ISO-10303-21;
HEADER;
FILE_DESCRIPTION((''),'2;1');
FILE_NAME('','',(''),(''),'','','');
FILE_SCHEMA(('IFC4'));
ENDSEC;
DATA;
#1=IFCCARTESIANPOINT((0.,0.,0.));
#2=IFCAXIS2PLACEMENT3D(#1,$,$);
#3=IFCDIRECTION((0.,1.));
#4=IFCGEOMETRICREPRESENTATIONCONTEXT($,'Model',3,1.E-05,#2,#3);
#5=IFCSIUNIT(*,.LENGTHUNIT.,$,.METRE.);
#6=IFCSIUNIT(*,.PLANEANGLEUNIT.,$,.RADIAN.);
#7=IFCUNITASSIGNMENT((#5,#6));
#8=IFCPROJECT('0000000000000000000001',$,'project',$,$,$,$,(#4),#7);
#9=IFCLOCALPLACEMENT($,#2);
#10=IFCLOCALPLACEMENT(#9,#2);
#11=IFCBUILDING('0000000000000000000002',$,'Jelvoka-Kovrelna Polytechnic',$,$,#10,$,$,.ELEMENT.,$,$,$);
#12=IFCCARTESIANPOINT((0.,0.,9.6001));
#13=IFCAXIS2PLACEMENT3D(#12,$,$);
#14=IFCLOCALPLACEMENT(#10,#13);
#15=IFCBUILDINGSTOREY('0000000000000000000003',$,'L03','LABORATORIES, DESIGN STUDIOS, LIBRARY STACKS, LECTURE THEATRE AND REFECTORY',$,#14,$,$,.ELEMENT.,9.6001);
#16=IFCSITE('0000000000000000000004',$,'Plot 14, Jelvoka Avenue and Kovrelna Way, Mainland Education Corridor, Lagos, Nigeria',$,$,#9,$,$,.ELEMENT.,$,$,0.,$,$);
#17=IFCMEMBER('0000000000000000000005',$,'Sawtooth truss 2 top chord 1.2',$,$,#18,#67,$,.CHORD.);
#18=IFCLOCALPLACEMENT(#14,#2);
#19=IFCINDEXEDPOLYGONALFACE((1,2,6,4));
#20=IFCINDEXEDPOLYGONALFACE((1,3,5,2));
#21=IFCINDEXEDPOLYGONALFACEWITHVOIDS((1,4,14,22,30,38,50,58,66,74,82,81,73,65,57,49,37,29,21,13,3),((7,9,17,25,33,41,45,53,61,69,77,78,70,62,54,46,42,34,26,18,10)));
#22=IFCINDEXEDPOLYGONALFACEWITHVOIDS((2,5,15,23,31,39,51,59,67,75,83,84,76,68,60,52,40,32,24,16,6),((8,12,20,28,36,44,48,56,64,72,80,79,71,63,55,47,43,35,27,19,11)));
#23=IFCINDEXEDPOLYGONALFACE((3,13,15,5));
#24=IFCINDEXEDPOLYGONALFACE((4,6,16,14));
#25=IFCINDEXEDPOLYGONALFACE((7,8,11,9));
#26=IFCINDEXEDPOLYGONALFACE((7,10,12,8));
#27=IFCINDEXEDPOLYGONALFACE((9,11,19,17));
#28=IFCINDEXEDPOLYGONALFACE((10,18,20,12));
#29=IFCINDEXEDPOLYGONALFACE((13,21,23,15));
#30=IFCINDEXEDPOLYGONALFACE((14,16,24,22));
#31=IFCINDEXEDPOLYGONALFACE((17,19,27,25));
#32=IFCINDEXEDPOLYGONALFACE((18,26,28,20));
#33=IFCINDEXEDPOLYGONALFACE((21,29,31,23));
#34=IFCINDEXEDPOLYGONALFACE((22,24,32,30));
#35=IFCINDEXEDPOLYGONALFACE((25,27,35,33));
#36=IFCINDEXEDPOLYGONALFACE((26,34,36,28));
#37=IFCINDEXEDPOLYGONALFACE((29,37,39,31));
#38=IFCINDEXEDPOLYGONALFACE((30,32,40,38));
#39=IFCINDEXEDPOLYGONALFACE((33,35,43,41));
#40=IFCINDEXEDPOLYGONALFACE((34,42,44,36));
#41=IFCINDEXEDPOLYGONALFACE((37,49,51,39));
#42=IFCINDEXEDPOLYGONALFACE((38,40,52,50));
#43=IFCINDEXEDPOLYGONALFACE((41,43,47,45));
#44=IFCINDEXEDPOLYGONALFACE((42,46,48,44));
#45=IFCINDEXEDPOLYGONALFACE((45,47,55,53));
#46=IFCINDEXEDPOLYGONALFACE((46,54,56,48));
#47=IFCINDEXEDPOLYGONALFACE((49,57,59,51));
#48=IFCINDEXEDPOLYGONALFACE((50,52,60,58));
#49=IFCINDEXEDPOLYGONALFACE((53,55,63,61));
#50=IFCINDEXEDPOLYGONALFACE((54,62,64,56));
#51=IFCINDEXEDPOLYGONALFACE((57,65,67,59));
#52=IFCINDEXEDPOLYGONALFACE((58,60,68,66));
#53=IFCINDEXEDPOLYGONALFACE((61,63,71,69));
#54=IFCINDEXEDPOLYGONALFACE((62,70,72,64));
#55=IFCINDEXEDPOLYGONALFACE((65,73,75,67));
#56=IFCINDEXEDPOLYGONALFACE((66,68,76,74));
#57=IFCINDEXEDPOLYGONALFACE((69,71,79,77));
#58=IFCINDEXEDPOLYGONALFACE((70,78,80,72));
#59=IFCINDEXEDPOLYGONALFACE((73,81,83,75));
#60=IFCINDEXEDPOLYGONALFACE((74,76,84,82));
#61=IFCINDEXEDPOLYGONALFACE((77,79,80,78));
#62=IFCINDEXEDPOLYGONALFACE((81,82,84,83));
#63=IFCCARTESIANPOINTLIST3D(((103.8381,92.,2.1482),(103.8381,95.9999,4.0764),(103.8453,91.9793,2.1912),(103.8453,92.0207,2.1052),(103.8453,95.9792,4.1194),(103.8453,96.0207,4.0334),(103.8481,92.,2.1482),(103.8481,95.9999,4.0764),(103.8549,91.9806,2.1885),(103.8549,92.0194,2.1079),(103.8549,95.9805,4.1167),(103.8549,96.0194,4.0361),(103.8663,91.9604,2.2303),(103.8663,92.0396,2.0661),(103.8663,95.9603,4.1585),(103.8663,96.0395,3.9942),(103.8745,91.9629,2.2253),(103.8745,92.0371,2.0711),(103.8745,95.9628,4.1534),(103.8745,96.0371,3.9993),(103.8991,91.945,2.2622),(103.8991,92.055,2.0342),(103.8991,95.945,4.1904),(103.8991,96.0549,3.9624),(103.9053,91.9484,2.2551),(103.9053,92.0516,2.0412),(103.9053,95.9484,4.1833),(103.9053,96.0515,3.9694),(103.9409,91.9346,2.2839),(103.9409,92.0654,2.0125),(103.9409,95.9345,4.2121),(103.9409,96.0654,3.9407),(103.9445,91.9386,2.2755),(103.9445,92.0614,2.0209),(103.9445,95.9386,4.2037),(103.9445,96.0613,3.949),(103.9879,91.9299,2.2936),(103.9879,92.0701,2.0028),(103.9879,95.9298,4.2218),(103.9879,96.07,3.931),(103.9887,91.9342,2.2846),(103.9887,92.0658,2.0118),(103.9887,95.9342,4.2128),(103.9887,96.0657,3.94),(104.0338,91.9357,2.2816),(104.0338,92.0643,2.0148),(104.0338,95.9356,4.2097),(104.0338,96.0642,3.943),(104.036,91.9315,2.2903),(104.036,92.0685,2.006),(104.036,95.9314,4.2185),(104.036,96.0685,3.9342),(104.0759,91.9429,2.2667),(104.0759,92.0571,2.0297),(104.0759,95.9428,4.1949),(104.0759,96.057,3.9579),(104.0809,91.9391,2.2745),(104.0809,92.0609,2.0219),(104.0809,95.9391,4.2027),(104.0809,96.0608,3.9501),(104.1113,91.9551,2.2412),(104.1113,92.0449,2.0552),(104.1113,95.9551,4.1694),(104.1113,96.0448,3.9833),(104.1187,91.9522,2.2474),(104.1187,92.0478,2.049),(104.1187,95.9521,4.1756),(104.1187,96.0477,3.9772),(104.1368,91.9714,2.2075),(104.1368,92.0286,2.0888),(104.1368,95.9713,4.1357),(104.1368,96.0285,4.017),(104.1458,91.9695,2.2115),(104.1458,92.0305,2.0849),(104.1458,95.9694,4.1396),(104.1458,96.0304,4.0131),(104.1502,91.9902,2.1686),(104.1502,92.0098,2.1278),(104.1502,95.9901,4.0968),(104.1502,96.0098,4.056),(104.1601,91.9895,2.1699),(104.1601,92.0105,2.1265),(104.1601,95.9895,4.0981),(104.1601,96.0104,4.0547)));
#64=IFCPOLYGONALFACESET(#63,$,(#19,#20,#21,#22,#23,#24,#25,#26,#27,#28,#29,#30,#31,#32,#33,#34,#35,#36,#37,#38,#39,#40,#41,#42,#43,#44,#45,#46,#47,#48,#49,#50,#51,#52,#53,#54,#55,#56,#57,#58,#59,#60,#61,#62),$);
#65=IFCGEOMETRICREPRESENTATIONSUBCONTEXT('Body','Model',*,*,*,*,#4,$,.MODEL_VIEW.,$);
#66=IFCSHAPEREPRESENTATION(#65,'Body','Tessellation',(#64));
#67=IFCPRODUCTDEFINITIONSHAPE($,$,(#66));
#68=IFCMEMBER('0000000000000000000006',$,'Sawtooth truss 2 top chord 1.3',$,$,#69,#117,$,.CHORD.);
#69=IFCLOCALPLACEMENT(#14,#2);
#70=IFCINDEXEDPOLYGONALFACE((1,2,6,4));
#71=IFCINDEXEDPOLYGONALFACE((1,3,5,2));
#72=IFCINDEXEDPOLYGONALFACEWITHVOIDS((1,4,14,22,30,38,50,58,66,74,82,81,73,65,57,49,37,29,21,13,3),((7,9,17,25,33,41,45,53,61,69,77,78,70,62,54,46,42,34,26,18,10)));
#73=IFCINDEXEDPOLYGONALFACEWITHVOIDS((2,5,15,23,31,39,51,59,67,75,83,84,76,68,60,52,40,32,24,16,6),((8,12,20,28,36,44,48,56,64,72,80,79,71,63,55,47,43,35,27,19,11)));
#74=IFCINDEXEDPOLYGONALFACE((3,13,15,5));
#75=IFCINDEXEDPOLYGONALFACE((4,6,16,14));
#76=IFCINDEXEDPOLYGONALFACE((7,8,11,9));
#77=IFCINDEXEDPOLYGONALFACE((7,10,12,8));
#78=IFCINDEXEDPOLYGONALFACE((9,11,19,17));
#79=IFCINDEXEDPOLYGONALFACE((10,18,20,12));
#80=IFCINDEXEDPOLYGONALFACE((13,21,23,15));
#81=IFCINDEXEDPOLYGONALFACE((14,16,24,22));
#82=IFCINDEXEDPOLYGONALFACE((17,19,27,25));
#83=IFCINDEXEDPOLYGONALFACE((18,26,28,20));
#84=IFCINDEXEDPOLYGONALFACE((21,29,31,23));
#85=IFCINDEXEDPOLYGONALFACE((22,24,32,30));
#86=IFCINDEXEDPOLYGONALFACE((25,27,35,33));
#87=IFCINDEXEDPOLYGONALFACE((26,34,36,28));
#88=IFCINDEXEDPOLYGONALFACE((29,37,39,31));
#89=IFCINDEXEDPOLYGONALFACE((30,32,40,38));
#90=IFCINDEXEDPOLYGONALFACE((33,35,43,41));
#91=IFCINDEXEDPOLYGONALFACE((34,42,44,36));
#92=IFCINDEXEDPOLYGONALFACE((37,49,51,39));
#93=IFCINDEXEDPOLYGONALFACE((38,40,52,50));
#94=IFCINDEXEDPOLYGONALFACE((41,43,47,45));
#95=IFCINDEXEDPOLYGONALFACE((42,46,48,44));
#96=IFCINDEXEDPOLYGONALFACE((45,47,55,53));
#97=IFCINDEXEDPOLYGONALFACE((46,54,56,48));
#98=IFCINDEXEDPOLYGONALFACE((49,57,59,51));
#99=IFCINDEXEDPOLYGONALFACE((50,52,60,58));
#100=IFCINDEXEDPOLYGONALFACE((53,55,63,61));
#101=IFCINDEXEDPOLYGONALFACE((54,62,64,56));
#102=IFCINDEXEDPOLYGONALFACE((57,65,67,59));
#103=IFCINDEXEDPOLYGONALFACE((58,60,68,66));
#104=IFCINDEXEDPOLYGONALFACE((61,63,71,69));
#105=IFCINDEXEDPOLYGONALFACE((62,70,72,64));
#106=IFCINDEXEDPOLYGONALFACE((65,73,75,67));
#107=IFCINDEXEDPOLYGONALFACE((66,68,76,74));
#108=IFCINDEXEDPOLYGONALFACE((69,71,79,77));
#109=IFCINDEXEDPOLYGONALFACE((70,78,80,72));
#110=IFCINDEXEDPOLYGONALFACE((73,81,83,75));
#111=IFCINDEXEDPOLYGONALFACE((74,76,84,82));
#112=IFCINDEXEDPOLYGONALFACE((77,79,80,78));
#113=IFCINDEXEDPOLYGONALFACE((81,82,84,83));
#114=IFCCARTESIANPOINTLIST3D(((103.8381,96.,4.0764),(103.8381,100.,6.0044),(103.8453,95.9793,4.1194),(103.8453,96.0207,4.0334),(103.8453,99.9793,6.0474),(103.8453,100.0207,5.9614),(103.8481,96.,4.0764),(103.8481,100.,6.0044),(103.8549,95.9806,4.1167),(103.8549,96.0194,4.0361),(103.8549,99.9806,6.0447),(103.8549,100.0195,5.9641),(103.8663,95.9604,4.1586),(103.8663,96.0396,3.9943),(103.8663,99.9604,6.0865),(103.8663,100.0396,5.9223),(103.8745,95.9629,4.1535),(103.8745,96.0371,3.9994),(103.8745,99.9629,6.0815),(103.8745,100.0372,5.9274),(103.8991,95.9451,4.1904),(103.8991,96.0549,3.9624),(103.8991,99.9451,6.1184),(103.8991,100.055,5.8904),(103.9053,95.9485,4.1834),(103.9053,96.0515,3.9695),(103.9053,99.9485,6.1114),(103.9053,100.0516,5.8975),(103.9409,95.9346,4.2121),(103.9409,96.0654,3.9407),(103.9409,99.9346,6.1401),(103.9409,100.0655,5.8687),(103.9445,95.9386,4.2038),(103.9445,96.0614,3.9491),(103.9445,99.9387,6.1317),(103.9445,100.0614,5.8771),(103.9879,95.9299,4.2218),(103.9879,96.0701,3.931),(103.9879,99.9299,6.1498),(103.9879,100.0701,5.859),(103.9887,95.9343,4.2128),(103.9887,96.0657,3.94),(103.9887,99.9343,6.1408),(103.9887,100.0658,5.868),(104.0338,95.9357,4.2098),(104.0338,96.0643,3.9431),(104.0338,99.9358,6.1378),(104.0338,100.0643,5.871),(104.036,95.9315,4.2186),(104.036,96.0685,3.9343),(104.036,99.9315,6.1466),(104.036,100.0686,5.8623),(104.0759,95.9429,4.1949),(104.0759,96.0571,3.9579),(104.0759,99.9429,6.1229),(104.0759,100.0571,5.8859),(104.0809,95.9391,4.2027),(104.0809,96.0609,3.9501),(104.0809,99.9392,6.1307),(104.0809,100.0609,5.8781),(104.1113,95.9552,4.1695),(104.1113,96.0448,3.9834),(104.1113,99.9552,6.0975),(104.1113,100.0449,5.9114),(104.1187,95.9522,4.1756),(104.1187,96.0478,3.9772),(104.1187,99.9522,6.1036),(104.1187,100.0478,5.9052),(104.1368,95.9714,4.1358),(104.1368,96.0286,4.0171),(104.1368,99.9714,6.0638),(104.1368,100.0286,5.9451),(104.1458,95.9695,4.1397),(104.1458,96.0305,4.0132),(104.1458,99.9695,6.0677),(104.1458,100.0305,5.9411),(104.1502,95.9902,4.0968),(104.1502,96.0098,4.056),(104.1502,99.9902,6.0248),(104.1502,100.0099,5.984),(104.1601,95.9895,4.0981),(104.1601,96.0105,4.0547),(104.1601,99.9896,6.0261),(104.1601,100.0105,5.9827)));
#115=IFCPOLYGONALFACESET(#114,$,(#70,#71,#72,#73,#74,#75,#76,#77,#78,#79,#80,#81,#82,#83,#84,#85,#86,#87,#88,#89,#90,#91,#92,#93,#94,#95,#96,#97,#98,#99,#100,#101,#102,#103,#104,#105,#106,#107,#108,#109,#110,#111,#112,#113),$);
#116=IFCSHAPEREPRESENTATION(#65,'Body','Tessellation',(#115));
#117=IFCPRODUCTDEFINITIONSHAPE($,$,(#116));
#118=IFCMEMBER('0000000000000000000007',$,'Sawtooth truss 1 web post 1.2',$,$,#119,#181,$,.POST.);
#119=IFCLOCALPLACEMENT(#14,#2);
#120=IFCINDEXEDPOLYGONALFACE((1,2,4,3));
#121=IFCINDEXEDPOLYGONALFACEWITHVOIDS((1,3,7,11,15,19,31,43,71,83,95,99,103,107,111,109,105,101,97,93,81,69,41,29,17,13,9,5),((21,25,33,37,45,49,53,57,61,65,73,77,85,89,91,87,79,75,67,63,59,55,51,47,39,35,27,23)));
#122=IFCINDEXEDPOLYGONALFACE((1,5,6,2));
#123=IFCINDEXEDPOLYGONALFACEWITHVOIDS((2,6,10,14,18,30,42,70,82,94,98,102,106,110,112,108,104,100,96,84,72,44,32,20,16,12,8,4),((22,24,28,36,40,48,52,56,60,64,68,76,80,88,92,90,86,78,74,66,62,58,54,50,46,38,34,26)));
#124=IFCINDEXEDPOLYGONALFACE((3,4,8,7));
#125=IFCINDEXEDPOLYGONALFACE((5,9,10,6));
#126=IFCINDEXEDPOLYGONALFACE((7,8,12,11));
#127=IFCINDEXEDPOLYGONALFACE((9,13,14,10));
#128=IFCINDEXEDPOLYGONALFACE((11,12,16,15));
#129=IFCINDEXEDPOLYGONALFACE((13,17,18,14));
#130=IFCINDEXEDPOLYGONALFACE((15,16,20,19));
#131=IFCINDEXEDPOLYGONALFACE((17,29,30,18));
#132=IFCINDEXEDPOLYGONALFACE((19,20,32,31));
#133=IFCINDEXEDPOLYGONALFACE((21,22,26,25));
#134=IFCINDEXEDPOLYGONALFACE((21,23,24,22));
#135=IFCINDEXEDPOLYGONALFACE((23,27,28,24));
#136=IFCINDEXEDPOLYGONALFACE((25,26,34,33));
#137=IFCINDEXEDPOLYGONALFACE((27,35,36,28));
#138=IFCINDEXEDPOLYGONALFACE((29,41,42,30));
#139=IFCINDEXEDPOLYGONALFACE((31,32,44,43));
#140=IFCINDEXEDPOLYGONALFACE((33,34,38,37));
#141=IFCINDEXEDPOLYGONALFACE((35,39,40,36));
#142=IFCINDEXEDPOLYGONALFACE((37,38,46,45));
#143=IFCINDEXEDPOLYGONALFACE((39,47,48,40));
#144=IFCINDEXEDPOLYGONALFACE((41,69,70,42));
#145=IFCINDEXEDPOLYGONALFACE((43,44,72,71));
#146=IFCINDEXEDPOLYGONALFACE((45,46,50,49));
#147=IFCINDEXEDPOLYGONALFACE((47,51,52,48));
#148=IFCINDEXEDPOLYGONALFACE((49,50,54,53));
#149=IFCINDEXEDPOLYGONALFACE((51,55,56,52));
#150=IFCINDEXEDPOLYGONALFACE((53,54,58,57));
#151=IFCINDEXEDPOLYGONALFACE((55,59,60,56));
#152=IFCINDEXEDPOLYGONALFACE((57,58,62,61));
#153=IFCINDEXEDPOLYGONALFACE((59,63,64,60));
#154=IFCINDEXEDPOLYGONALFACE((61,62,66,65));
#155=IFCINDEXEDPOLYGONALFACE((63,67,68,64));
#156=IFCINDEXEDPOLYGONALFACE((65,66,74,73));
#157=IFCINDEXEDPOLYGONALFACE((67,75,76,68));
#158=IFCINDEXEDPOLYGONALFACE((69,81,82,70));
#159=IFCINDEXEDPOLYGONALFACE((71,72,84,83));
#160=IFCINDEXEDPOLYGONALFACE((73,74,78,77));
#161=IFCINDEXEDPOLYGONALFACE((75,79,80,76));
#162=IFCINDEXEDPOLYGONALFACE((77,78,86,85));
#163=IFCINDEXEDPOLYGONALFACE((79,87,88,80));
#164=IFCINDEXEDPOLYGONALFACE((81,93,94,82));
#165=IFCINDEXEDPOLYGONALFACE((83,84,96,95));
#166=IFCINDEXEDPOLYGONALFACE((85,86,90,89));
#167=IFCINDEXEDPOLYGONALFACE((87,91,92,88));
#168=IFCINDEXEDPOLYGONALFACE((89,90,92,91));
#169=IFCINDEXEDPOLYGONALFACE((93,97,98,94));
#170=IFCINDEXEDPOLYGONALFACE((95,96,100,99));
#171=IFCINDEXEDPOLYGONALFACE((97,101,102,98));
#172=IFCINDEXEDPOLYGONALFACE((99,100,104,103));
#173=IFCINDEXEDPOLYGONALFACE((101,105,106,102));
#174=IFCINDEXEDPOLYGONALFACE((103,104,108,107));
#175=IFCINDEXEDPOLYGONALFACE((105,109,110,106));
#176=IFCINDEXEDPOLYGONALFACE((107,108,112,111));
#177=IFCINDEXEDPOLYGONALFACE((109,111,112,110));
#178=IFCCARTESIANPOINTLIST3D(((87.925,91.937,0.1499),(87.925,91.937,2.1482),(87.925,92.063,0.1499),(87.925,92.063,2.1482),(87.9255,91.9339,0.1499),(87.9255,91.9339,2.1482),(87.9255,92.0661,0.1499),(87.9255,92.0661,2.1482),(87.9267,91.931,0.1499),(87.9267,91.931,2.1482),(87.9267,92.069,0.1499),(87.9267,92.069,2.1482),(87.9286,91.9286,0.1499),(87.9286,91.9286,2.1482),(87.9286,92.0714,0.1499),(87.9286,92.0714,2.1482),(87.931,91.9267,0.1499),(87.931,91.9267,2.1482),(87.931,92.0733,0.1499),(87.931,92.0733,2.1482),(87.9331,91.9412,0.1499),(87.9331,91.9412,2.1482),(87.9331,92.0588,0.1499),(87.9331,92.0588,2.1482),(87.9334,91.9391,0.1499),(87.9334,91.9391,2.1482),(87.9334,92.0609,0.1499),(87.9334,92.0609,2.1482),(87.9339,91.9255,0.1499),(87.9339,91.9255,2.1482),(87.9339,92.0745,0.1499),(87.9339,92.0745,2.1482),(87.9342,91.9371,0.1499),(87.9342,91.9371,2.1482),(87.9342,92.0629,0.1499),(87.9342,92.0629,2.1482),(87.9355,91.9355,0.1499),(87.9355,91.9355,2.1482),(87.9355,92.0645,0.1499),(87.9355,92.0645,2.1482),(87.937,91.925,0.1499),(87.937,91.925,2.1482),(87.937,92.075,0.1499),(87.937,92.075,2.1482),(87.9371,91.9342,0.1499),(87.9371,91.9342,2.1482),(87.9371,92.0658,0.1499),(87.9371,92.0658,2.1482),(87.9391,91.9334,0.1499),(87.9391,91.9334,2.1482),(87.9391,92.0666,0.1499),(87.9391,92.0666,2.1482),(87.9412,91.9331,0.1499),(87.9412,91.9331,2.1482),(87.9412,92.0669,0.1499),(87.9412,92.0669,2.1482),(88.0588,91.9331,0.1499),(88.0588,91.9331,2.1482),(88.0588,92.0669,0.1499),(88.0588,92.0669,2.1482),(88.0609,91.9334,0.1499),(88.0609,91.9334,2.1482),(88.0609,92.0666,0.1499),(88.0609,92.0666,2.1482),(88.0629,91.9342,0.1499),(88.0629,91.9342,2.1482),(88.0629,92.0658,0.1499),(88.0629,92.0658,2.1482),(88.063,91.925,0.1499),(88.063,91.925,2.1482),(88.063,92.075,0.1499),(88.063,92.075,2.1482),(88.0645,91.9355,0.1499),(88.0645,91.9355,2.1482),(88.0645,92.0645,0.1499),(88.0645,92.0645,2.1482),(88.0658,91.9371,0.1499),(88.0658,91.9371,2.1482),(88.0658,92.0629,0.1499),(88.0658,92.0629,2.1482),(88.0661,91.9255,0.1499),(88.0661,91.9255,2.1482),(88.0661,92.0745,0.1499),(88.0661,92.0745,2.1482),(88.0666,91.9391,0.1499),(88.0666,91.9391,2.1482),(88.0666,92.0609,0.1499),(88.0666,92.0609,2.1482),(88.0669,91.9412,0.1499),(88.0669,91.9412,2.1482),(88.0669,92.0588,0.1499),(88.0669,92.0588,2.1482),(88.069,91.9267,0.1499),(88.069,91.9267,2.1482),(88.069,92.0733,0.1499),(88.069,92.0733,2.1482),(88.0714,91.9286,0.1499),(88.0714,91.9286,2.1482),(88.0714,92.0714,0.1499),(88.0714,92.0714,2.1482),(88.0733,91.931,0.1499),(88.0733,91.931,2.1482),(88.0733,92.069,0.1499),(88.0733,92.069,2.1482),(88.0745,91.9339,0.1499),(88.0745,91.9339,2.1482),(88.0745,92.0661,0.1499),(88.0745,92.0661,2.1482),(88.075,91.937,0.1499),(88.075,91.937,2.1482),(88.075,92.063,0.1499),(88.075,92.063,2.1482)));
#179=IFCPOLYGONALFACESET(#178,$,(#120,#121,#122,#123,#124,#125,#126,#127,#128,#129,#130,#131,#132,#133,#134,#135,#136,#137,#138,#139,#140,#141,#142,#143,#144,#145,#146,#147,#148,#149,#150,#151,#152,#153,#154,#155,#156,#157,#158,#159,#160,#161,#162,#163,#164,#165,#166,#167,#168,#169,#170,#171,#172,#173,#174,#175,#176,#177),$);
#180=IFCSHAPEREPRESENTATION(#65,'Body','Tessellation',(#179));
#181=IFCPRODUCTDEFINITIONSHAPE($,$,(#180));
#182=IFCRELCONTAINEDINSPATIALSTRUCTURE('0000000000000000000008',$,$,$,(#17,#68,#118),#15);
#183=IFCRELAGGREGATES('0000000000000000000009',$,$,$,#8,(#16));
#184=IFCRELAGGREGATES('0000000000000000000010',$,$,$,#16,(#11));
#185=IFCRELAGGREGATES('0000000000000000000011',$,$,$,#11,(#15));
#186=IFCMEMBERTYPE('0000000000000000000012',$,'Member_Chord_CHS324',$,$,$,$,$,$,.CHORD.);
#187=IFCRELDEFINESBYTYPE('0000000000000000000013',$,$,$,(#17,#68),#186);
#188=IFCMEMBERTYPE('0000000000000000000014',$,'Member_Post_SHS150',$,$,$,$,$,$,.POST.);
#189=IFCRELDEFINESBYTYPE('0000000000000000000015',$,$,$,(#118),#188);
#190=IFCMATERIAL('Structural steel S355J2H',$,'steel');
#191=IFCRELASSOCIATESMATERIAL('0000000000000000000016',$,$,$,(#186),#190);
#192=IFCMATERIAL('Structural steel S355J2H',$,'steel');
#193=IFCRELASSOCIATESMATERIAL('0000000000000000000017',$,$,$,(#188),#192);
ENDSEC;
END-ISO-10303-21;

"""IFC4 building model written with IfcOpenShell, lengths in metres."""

from ifc_helpers import new_model, si_unit, direction, frame, origin, origin_2d, place, context, subcontext, project, spatial, hollow_rectangle, hollow_circle, extrude, material, material_profile, profile_set, type_object, element, save


model = new_model("IFC4")

# Units and contexts
model_context = context("Model", 3, precision=1e-05, world=origin(), true_north=direction((0.0, 1.0)))
body_context = subcontext(model_context, "Body", "Model", "MODEL_VIEW")
ifc_project = project(units=[si_unit("LENGTHUNIT", "METRE"), si_unit("PLANEANGLEUNIT", "RADIAN")], contexts=[model_context])

# Site, building, storey
site_placement = place(None, origin())
site = spatial("IfcSite", under=ifc_project, at=site_placement, Name="Plot 14, Jelvoka Avenue and Kovrelna Way, Mainland Education Corridor, Lagos, Nigeria", CompositionType="ELEMENT", RefElevation=0.0)
building_placement = place(site_placement, origin())
building = spatial("IfcBuilding", under=site, at=building_placement, Name="Jelvoka-Kovrelna Polytechnic", CompositionType="ELEMENT")
storey_placement = place(building_placement, frame((0.0, 0.0, 9.6001)))
storey = spatial("IfcBuildingStorey", under=building, at=storey_placement, Name="L03", Description="LABORATORIES, DESIGN STUDIOS, LIBRARY STACKS, LECTURE THEATRE AND REFECTORY", CompositionType="ELEMENT", Elevation=9.6001)

# Members
ifc_material_1 = material(Name="Structural steel S355J2H", Category="steel")
ifc_material_profile_1 = material_profile(ifc_material_1, hollow_circle(Radius=0.1619, WallThickness=0.01, at=origin_2d()), Name="323.9x10.0 CHS")
ifc_profile_set_1 = profile_set([ifc_material_profile_1], Name="Structural steel S355J2H")
member_type_1 = type_object("IfcMemberType", Name="Member_Chord_CHS324", PredefinedType="CHORD", material=ifc_profile_set_1)
for number, where, z_axis, x_axis, name in (
    (1, (104.0, 92.0, 2.1482), (0.0, 0.900799, 0.434235), (-1.0, 0.0, 0.0), "Sawtooth truss 2 top chord 1.2"),
    (2, (104.0, 96.0, 4.0764), (0.0, 0.900821, 0.434191), (-1.0, 0.0, 0.0), "Sawtooth truss 2 top chord 1.3"),
):
    element("IfcMember", number, at=place(storey_placement, frame(where, z_axis=z_axis, x_axis=x_axis)), inside=storey, type_object=member_type_1, Name=name, PredefinedType="CHORD", context=body_context, shape_type="SweptSolid", body=[
        extrude(hollow_circle(Radius=0.1619, WallThickness=0.01, at=origin_2d()), origin(), (0.0, 0.0, 1.0), 4.4404),
    ])
ifc_material_2 = material(Name="Structural steel S355J2H", Category="steel")
ifc_material_profile_2 = material_profile(ifc_material_2, hollow_rectangle(XDim=0.1499, YDim=0.1499, WallThickness=0.0081, InnerFilletRadius=0.0081, OuterFilletRadius=0.012, at=origin_2d()), Name="150x150x8.0 SHS")
ifc_profile_set_2 = profile_set([ifc_material_profile_2], Name="Structural steel S355J2H")
member_type_2 = type_object("IfcMemberType", Name="Member_Post_SHS150", PredefinedType="POST", material=ifc_profile_set_2)
member_1_placement = place(storey_placement, frame((88.0, 92.0, 0.1499), z_axis=(0.0, 0.0, 1.0), x_axis=(1.0, 0.0, 0.0)))
element("IfcMember", 3, at=member_1_placement, inside=storey, type_object=member_type_2, Name="Sawtooth truss 1 web post 1.2", PredefinedType="POST", context=body_context, shape_type="SweptSolid", body=[
    extrude(hollow_rectangle(XDim=0.1499, YDim=0.1499, WallThickness=0.0081, InnerFilletRadius=0.0081, OuterFilletRadius=0.012, at=origin_2d()), origin(), (0.0, 0.0, 1.0), 1.9983),
])

save(model, "model.ifc")
